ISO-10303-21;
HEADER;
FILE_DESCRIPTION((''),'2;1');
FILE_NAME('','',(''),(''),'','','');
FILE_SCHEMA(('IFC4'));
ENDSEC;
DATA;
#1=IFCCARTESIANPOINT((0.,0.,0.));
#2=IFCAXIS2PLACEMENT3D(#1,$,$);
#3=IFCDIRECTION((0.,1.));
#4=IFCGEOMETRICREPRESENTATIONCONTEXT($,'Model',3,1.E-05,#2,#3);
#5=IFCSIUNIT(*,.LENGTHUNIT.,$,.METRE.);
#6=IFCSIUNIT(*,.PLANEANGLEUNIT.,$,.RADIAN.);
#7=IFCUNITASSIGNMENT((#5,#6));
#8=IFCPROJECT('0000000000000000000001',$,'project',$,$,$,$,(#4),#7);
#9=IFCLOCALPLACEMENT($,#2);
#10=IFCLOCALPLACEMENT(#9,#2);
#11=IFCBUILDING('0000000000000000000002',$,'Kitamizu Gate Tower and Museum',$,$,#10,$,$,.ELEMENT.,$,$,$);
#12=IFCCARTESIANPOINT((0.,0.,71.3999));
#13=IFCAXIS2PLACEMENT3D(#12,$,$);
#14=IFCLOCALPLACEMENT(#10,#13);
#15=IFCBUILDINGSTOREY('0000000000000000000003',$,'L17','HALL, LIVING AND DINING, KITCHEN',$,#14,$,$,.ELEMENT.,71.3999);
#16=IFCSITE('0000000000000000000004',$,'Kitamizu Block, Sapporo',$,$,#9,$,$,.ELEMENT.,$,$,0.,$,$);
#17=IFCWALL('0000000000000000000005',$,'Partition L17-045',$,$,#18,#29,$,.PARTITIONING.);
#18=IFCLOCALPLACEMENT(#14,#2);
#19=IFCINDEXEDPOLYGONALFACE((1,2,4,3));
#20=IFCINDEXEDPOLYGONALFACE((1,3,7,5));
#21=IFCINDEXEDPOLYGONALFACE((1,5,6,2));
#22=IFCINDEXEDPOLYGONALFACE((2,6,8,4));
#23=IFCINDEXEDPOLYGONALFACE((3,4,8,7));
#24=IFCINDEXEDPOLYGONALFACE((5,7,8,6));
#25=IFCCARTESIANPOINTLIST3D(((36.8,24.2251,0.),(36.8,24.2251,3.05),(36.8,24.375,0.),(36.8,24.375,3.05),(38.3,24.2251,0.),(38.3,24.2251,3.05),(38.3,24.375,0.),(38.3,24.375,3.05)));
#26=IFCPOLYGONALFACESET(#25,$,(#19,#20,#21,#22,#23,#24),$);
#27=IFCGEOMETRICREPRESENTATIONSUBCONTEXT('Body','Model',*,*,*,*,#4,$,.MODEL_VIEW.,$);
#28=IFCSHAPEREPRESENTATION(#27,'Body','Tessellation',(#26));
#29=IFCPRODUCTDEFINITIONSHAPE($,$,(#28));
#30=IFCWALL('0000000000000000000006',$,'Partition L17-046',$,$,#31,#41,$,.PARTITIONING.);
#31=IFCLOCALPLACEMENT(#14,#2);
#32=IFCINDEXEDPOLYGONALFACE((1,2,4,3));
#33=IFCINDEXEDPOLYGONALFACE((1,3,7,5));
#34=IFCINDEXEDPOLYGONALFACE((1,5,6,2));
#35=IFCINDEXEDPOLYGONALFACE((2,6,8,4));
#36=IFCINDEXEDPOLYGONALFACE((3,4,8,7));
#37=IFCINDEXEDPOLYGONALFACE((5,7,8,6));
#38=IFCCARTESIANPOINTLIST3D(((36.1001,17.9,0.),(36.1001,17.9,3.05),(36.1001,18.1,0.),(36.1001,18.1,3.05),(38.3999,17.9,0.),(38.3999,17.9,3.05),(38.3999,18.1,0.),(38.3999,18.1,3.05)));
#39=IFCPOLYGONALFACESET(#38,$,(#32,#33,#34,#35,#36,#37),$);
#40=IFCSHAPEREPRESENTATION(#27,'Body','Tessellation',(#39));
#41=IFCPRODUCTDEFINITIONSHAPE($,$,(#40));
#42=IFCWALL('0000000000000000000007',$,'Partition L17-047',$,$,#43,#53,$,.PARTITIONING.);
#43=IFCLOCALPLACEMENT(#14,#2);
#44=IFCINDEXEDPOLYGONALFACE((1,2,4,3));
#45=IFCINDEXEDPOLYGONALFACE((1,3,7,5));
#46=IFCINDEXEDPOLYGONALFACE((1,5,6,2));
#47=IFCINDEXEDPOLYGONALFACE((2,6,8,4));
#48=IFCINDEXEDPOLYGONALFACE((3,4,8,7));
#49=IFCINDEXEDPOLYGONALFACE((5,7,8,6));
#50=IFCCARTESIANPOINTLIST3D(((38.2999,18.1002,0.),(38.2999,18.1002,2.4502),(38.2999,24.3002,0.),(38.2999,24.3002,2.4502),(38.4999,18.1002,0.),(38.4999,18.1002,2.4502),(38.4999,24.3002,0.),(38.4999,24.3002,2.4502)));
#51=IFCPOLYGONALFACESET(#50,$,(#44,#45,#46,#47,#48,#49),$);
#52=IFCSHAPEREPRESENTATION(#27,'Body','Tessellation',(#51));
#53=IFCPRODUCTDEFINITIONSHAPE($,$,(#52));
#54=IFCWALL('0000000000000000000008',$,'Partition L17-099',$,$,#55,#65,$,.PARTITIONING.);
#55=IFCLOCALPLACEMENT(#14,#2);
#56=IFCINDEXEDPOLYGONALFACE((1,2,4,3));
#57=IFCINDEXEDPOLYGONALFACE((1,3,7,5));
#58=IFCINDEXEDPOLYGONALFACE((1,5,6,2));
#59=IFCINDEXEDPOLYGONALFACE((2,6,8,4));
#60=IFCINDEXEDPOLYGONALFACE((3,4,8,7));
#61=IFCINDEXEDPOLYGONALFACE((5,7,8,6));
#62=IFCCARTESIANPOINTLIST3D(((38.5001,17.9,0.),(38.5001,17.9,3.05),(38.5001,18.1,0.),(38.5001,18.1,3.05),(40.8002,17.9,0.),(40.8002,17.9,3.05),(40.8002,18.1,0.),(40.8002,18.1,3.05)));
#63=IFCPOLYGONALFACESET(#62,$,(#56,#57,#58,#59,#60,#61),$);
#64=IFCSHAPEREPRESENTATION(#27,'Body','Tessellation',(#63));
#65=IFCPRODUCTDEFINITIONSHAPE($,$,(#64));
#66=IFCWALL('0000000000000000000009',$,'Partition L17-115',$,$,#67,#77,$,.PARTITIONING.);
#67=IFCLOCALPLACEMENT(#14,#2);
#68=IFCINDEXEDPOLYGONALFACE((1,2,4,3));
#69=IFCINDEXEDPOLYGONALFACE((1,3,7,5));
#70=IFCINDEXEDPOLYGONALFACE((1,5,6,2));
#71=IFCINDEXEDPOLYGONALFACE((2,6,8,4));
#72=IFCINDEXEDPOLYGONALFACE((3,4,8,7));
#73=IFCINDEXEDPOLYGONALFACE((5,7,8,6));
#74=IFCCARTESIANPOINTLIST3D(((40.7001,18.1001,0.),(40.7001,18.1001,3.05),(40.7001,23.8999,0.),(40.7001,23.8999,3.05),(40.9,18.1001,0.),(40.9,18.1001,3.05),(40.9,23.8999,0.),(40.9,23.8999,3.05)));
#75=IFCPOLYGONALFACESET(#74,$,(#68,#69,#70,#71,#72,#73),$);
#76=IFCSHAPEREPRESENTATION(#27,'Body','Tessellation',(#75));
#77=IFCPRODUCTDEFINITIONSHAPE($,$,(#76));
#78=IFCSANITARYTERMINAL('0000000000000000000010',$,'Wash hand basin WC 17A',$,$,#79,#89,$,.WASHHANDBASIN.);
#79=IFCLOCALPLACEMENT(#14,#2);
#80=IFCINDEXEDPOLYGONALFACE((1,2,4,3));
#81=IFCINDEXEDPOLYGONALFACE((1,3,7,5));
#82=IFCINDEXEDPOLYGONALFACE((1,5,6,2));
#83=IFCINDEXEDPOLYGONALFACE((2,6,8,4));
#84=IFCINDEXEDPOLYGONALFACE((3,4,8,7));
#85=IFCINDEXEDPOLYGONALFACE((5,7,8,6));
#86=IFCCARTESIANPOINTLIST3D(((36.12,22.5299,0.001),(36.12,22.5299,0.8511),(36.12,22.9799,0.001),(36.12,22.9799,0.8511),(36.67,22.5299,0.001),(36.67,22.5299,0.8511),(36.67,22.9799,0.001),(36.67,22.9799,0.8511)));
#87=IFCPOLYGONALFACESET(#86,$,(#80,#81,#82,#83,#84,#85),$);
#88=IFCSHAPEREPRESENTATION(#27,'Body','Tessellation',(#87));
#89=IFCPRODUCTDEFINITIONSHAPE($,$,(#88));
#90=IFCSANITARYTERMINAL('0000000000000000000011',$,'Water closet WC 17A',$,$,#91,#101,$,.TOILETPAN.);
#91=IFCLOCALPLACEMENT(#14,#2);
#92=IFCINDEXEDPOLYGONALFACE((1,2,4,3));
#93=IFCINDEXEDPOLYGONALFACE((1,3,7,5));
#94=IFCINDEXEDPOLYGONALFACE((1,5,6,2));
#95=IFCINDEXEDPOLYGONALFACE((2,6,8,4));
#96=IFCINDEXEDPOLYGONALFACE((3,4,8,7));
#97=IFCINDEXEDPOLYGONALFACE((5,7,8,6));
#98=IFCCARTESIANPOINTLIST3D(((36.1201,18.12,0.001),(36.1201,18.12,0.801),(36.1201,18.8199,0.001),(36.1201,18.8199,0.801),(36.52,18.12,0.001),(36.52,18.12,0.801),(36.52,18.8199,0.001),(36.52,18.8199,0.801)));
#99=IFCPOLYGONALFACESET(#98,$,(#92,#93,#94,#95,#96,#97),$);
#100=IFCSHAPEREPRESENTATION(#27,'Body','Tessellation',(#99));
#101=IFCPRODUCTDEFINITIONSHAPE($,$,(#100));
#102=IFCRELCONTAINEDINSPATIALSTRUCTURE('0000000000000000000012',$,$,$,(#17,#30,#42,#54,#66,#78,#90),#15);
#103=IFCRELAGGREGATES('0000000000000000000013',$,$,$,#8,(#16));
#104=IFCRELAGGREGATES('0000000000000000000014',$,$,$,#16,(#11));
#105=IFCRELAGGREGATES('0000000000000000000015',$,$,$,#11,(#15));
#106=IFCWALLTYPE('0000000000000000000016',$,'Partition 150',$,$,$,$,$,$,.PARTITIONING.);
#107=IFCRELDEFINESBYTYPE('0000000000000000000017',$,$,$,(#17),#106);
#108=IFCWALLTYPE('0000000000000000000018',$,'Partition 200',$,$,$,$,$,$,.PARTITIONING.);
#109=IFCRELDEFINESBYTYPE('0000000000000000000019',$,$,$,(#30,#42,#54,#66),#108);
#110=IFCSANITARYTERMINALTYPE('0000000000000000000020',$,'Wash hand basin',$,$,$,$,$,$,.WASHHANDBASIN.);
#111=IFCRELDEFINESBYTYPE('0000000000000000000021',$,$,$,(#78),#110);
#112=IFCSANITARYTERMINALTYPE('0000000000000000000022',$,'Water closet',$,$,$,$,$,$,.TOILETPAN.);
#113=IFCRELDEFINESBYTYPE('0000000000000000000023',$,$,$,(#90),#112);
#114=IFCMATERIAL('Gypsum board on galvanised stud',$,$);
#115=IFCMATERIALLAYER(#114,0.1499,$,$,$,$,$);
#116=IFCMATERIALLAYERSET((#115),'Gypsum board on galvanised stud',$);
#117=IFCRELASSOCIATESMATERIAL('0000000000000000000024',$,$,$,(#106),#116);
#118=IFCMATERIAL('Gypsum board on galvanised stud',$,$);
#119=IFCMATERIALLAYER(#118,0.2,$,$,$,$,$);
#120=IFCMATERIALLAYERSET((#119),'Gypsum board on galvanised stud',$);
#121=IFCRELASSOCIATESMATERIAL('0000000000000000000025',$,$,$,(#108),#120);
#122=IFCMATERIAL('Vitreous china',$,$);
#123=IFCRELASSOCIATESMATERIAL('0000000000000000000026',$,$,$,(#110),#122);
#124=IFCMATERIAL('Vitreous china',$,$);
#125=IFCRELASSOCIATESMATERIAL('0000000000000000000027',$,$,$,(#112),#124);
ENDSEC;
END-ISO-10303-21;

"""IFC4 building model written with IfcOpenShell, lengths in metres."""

from ifc_helpers import new_model, si_unit, direction, frame, frame_2d, origin, origin_2d, place, context, subcontext, project, spatial, rectangle, extrude, material, layer, layer_set, type_object, element, save


model = new_model("IFC4")

# Units and contexts
model_context = context("Model", 3, precision=1e-05, world=origin(), true_north=direction((0.0, 1.0)))
body_context = subcontext(model_context, "Body", "Model", "MODEL_VIEW")
ifc_project = project(units=[si_unit("LENGTHUNIT", "METRE"), si_unit("PLANEANGLEUNIT", "RADIAN")], contexts=[model_context])

# Site, building, storey
site_placement = place(None, origin())
site = spatial("IfcSite", under=ifc_project, at=site_placement, Name="Kitamizu Block, Sapporo", CompositionType="ELEMENT", RefElevation=0.0)
building_placement = place(site_placement, origin())
building = spatial("IfcBuilding", under=site, at=building_placement, Name="Kitamizu Gate Tower and Museum", CompositionType="ELEMENT")
storey_placement = place(building_placement, frame((0.0, 0.0, 71.3999)))
storey = spatial("IfcBuildingStorey", under=building, at=storey_placement, Name="L17", Description="HALL, LIVING AND DINING, KITCHEN", CompositionType="ELEMENT", Elevation=71.3999)

# Walls
ifc_material_1 = material(Name="Gypsum board on galvanised stud")
ifc_layer_1 = layer(ifc_material_1, 0.1499)
ifc_layer_set_1 = layer_set([ifc_layer_1], Name="Gypsum board on galvanised stud")
wall_type_1 = type_object("IfcWallType", Name="Partition 150", PredefinedType="PARTITIONING", material=ifc_layer_set_1)
wall_1_placement = place(storey_placement, frame((38.3, 24.3, 0.0), z_axis=(0.0, 0.0, 1.0), x_axis=(-1.0, 0.0, 0.0)))
element("IfcWall", 1, at=wall_1_placement, inside=storey, type_object=wall_type_1, Name="Partition L17-045", PredefinedType="PARTITIONING", context=body_context, shape_type="SweptSolid", body=[
    extrude(rectangle(XDim=1.5, YDim=0.1499, at=frame_2d((0.75, 0.0))), origin(), (0.0, 0.0, 1.0), 3.05),
])
ifc_material_2 = material(Name="Gypsum board on galvanised stud")
ifc_layer_2 = layer(ifc_material_2, 0.2)
ifc_layer_set_2 = layer_set([ifc_layer_2], Name="Gypsum board on galvanised stud")
wall_type_2 = type_object("IfcWallType", Name="Partition 200", PredefinedType="PARTITIONING", material=ifc_layer_set_2)
wall_2_placement = place(storey_placement, frame((36.1001, 18.0, 0.0), z_axis=(0.0, 0.0, 1.0), x_axis=(1.0, 0.0, 0.0)))
element("IfcWall", 2, at=wall_2_placement, inside=storey, type_object=wall_type_2, Name="Partition L17-046", PredefinedType="PARTITIONING", context=body_context, shape_type="SweptSolid", body=[
    extrude(rectangle(XDim=2.2998, YDim=0.2, at=frame_2d((1.1499, 0.0))), origin(), (0.0, 0.0, 1.0), 3.05),
])
wall_3_placement = place(storey_placement, frame((38.3999, 18.1001, 0.0), z_axis=(0.0, 0.0, 1.0), x_axis=(0.0, 1.0, 0.0)))
element("IfcWall", 3, at=wall_3_placement, inside=storey, type_object=wall_type_2, Name="Partition L17-047", PredefinedType="PARTITIONING", context=body_context, shape_type="SweptSolid", body=[
    extrude(rectangle(XDim=6.2, YDim=0.2, at=frame_2d((3.1001, 0.0))), origin(), (0.0, 0.0, 1.0), 2.4502),
])
wall_4_placement = place(storey_placement, frame((40.8, 18.0, 0.0), z_axis=(0.0, 0.0, 1.0), x_axis=(-1.0, 0.0, 0.0)))
element("IfcWall", 4, at=wall_4_placement, inside=storey, type_object=wall_type_2, Name="Partition L17-099", PredefinedType="PARTITIONING", context=body_context, shape_type="SweptSolid", body=[
    extrude(rectangle(XDim=2.3, YDim=0.2, at=frame_2d((1.1499, 0.0))), origin(), (0.0, 0.0, 1.0), 3.05),
])
wall_5_placement = place(storey_placement, frame((40.8, 23.8999, 0.0), z_axis=(0.0, 0.0, 1.0), x_axis=(0.0, -1.0, 0.0)))
element("IfcWall", 5, at=wall_5_placement, inside=storey, type_object=wall_type_2, Name="Partition L17-115", PredefinedType="PARTITIONING", context=body_context, shape_type="SweptSolid", body=[
    extrude(rectangle(XDim=5.7998, YDim=0.2, at=frame_2d((2.8999, 0.0))), origin(), (0.0, 0.0, 1.0), 3.05),
])

# Sanitary terminals
ifc_material_3 = material(Name="Vitreous china")
sanitary_terminal_type_1 = type_object("IfcSanitaryTerminalType", Name="Wash hand basin", PredefinedType="WASHHANDBASIN", material=ifc_material_3)
sanitary_terminal_1_placement = place(storey_placement, frame((36.395, 22.7549, 0.001), z_axis=(0.0, 0.0, 1.0), x_axis=(1.0, 0.0, 0.0)))
element("IfcSanitaryTerminal", 6, at=sanitary_terminal_1_placement, inside=storey, type_object=sanitary_terminal_type_1, Name="Wash hand basin WC 17A", PredefinedType="WASHHANDBASIN", context=body_context, shape_type="SweptSolid", body=[
    extrude(rectangle(XDim=0.55, YDim=0.45, at=origin_2d()), origin(), (0.0, 0.0, 1.0), 0.8501),
])
ifc_material_4 = material(Name="Vitreous china")
sanitary_terminal_type_2 = type_object("IfcSanitaryTerminalType", Name="Water closet", PredefinedType="TOILETPAN", material=ifc_material_4)
sanitary_terminal_2_placement = place(storey_placement, frame((36.3201, 18.47, 0.001), z_axis=(0.0, 0.0, 1.0), x_axis=(1.0, 0.0, 0.0)))
element("IfcSanitaryTerminal", 7, at=sanitary_terminal_2_placement, inside=storey, type_object=sanitary_terminal_type_2, Name="Water closet WC 17A", PredefinedType="TOILETPAN", context=body_context, shape_type="SweptSolid", body=[
    extrude(rectangle(XDim=0.3999, YDim=0.7, at=origin_2d()), origin(), (0.0, 0.0, 1.0), 0.8),
])

save(model, "model.ifc")
